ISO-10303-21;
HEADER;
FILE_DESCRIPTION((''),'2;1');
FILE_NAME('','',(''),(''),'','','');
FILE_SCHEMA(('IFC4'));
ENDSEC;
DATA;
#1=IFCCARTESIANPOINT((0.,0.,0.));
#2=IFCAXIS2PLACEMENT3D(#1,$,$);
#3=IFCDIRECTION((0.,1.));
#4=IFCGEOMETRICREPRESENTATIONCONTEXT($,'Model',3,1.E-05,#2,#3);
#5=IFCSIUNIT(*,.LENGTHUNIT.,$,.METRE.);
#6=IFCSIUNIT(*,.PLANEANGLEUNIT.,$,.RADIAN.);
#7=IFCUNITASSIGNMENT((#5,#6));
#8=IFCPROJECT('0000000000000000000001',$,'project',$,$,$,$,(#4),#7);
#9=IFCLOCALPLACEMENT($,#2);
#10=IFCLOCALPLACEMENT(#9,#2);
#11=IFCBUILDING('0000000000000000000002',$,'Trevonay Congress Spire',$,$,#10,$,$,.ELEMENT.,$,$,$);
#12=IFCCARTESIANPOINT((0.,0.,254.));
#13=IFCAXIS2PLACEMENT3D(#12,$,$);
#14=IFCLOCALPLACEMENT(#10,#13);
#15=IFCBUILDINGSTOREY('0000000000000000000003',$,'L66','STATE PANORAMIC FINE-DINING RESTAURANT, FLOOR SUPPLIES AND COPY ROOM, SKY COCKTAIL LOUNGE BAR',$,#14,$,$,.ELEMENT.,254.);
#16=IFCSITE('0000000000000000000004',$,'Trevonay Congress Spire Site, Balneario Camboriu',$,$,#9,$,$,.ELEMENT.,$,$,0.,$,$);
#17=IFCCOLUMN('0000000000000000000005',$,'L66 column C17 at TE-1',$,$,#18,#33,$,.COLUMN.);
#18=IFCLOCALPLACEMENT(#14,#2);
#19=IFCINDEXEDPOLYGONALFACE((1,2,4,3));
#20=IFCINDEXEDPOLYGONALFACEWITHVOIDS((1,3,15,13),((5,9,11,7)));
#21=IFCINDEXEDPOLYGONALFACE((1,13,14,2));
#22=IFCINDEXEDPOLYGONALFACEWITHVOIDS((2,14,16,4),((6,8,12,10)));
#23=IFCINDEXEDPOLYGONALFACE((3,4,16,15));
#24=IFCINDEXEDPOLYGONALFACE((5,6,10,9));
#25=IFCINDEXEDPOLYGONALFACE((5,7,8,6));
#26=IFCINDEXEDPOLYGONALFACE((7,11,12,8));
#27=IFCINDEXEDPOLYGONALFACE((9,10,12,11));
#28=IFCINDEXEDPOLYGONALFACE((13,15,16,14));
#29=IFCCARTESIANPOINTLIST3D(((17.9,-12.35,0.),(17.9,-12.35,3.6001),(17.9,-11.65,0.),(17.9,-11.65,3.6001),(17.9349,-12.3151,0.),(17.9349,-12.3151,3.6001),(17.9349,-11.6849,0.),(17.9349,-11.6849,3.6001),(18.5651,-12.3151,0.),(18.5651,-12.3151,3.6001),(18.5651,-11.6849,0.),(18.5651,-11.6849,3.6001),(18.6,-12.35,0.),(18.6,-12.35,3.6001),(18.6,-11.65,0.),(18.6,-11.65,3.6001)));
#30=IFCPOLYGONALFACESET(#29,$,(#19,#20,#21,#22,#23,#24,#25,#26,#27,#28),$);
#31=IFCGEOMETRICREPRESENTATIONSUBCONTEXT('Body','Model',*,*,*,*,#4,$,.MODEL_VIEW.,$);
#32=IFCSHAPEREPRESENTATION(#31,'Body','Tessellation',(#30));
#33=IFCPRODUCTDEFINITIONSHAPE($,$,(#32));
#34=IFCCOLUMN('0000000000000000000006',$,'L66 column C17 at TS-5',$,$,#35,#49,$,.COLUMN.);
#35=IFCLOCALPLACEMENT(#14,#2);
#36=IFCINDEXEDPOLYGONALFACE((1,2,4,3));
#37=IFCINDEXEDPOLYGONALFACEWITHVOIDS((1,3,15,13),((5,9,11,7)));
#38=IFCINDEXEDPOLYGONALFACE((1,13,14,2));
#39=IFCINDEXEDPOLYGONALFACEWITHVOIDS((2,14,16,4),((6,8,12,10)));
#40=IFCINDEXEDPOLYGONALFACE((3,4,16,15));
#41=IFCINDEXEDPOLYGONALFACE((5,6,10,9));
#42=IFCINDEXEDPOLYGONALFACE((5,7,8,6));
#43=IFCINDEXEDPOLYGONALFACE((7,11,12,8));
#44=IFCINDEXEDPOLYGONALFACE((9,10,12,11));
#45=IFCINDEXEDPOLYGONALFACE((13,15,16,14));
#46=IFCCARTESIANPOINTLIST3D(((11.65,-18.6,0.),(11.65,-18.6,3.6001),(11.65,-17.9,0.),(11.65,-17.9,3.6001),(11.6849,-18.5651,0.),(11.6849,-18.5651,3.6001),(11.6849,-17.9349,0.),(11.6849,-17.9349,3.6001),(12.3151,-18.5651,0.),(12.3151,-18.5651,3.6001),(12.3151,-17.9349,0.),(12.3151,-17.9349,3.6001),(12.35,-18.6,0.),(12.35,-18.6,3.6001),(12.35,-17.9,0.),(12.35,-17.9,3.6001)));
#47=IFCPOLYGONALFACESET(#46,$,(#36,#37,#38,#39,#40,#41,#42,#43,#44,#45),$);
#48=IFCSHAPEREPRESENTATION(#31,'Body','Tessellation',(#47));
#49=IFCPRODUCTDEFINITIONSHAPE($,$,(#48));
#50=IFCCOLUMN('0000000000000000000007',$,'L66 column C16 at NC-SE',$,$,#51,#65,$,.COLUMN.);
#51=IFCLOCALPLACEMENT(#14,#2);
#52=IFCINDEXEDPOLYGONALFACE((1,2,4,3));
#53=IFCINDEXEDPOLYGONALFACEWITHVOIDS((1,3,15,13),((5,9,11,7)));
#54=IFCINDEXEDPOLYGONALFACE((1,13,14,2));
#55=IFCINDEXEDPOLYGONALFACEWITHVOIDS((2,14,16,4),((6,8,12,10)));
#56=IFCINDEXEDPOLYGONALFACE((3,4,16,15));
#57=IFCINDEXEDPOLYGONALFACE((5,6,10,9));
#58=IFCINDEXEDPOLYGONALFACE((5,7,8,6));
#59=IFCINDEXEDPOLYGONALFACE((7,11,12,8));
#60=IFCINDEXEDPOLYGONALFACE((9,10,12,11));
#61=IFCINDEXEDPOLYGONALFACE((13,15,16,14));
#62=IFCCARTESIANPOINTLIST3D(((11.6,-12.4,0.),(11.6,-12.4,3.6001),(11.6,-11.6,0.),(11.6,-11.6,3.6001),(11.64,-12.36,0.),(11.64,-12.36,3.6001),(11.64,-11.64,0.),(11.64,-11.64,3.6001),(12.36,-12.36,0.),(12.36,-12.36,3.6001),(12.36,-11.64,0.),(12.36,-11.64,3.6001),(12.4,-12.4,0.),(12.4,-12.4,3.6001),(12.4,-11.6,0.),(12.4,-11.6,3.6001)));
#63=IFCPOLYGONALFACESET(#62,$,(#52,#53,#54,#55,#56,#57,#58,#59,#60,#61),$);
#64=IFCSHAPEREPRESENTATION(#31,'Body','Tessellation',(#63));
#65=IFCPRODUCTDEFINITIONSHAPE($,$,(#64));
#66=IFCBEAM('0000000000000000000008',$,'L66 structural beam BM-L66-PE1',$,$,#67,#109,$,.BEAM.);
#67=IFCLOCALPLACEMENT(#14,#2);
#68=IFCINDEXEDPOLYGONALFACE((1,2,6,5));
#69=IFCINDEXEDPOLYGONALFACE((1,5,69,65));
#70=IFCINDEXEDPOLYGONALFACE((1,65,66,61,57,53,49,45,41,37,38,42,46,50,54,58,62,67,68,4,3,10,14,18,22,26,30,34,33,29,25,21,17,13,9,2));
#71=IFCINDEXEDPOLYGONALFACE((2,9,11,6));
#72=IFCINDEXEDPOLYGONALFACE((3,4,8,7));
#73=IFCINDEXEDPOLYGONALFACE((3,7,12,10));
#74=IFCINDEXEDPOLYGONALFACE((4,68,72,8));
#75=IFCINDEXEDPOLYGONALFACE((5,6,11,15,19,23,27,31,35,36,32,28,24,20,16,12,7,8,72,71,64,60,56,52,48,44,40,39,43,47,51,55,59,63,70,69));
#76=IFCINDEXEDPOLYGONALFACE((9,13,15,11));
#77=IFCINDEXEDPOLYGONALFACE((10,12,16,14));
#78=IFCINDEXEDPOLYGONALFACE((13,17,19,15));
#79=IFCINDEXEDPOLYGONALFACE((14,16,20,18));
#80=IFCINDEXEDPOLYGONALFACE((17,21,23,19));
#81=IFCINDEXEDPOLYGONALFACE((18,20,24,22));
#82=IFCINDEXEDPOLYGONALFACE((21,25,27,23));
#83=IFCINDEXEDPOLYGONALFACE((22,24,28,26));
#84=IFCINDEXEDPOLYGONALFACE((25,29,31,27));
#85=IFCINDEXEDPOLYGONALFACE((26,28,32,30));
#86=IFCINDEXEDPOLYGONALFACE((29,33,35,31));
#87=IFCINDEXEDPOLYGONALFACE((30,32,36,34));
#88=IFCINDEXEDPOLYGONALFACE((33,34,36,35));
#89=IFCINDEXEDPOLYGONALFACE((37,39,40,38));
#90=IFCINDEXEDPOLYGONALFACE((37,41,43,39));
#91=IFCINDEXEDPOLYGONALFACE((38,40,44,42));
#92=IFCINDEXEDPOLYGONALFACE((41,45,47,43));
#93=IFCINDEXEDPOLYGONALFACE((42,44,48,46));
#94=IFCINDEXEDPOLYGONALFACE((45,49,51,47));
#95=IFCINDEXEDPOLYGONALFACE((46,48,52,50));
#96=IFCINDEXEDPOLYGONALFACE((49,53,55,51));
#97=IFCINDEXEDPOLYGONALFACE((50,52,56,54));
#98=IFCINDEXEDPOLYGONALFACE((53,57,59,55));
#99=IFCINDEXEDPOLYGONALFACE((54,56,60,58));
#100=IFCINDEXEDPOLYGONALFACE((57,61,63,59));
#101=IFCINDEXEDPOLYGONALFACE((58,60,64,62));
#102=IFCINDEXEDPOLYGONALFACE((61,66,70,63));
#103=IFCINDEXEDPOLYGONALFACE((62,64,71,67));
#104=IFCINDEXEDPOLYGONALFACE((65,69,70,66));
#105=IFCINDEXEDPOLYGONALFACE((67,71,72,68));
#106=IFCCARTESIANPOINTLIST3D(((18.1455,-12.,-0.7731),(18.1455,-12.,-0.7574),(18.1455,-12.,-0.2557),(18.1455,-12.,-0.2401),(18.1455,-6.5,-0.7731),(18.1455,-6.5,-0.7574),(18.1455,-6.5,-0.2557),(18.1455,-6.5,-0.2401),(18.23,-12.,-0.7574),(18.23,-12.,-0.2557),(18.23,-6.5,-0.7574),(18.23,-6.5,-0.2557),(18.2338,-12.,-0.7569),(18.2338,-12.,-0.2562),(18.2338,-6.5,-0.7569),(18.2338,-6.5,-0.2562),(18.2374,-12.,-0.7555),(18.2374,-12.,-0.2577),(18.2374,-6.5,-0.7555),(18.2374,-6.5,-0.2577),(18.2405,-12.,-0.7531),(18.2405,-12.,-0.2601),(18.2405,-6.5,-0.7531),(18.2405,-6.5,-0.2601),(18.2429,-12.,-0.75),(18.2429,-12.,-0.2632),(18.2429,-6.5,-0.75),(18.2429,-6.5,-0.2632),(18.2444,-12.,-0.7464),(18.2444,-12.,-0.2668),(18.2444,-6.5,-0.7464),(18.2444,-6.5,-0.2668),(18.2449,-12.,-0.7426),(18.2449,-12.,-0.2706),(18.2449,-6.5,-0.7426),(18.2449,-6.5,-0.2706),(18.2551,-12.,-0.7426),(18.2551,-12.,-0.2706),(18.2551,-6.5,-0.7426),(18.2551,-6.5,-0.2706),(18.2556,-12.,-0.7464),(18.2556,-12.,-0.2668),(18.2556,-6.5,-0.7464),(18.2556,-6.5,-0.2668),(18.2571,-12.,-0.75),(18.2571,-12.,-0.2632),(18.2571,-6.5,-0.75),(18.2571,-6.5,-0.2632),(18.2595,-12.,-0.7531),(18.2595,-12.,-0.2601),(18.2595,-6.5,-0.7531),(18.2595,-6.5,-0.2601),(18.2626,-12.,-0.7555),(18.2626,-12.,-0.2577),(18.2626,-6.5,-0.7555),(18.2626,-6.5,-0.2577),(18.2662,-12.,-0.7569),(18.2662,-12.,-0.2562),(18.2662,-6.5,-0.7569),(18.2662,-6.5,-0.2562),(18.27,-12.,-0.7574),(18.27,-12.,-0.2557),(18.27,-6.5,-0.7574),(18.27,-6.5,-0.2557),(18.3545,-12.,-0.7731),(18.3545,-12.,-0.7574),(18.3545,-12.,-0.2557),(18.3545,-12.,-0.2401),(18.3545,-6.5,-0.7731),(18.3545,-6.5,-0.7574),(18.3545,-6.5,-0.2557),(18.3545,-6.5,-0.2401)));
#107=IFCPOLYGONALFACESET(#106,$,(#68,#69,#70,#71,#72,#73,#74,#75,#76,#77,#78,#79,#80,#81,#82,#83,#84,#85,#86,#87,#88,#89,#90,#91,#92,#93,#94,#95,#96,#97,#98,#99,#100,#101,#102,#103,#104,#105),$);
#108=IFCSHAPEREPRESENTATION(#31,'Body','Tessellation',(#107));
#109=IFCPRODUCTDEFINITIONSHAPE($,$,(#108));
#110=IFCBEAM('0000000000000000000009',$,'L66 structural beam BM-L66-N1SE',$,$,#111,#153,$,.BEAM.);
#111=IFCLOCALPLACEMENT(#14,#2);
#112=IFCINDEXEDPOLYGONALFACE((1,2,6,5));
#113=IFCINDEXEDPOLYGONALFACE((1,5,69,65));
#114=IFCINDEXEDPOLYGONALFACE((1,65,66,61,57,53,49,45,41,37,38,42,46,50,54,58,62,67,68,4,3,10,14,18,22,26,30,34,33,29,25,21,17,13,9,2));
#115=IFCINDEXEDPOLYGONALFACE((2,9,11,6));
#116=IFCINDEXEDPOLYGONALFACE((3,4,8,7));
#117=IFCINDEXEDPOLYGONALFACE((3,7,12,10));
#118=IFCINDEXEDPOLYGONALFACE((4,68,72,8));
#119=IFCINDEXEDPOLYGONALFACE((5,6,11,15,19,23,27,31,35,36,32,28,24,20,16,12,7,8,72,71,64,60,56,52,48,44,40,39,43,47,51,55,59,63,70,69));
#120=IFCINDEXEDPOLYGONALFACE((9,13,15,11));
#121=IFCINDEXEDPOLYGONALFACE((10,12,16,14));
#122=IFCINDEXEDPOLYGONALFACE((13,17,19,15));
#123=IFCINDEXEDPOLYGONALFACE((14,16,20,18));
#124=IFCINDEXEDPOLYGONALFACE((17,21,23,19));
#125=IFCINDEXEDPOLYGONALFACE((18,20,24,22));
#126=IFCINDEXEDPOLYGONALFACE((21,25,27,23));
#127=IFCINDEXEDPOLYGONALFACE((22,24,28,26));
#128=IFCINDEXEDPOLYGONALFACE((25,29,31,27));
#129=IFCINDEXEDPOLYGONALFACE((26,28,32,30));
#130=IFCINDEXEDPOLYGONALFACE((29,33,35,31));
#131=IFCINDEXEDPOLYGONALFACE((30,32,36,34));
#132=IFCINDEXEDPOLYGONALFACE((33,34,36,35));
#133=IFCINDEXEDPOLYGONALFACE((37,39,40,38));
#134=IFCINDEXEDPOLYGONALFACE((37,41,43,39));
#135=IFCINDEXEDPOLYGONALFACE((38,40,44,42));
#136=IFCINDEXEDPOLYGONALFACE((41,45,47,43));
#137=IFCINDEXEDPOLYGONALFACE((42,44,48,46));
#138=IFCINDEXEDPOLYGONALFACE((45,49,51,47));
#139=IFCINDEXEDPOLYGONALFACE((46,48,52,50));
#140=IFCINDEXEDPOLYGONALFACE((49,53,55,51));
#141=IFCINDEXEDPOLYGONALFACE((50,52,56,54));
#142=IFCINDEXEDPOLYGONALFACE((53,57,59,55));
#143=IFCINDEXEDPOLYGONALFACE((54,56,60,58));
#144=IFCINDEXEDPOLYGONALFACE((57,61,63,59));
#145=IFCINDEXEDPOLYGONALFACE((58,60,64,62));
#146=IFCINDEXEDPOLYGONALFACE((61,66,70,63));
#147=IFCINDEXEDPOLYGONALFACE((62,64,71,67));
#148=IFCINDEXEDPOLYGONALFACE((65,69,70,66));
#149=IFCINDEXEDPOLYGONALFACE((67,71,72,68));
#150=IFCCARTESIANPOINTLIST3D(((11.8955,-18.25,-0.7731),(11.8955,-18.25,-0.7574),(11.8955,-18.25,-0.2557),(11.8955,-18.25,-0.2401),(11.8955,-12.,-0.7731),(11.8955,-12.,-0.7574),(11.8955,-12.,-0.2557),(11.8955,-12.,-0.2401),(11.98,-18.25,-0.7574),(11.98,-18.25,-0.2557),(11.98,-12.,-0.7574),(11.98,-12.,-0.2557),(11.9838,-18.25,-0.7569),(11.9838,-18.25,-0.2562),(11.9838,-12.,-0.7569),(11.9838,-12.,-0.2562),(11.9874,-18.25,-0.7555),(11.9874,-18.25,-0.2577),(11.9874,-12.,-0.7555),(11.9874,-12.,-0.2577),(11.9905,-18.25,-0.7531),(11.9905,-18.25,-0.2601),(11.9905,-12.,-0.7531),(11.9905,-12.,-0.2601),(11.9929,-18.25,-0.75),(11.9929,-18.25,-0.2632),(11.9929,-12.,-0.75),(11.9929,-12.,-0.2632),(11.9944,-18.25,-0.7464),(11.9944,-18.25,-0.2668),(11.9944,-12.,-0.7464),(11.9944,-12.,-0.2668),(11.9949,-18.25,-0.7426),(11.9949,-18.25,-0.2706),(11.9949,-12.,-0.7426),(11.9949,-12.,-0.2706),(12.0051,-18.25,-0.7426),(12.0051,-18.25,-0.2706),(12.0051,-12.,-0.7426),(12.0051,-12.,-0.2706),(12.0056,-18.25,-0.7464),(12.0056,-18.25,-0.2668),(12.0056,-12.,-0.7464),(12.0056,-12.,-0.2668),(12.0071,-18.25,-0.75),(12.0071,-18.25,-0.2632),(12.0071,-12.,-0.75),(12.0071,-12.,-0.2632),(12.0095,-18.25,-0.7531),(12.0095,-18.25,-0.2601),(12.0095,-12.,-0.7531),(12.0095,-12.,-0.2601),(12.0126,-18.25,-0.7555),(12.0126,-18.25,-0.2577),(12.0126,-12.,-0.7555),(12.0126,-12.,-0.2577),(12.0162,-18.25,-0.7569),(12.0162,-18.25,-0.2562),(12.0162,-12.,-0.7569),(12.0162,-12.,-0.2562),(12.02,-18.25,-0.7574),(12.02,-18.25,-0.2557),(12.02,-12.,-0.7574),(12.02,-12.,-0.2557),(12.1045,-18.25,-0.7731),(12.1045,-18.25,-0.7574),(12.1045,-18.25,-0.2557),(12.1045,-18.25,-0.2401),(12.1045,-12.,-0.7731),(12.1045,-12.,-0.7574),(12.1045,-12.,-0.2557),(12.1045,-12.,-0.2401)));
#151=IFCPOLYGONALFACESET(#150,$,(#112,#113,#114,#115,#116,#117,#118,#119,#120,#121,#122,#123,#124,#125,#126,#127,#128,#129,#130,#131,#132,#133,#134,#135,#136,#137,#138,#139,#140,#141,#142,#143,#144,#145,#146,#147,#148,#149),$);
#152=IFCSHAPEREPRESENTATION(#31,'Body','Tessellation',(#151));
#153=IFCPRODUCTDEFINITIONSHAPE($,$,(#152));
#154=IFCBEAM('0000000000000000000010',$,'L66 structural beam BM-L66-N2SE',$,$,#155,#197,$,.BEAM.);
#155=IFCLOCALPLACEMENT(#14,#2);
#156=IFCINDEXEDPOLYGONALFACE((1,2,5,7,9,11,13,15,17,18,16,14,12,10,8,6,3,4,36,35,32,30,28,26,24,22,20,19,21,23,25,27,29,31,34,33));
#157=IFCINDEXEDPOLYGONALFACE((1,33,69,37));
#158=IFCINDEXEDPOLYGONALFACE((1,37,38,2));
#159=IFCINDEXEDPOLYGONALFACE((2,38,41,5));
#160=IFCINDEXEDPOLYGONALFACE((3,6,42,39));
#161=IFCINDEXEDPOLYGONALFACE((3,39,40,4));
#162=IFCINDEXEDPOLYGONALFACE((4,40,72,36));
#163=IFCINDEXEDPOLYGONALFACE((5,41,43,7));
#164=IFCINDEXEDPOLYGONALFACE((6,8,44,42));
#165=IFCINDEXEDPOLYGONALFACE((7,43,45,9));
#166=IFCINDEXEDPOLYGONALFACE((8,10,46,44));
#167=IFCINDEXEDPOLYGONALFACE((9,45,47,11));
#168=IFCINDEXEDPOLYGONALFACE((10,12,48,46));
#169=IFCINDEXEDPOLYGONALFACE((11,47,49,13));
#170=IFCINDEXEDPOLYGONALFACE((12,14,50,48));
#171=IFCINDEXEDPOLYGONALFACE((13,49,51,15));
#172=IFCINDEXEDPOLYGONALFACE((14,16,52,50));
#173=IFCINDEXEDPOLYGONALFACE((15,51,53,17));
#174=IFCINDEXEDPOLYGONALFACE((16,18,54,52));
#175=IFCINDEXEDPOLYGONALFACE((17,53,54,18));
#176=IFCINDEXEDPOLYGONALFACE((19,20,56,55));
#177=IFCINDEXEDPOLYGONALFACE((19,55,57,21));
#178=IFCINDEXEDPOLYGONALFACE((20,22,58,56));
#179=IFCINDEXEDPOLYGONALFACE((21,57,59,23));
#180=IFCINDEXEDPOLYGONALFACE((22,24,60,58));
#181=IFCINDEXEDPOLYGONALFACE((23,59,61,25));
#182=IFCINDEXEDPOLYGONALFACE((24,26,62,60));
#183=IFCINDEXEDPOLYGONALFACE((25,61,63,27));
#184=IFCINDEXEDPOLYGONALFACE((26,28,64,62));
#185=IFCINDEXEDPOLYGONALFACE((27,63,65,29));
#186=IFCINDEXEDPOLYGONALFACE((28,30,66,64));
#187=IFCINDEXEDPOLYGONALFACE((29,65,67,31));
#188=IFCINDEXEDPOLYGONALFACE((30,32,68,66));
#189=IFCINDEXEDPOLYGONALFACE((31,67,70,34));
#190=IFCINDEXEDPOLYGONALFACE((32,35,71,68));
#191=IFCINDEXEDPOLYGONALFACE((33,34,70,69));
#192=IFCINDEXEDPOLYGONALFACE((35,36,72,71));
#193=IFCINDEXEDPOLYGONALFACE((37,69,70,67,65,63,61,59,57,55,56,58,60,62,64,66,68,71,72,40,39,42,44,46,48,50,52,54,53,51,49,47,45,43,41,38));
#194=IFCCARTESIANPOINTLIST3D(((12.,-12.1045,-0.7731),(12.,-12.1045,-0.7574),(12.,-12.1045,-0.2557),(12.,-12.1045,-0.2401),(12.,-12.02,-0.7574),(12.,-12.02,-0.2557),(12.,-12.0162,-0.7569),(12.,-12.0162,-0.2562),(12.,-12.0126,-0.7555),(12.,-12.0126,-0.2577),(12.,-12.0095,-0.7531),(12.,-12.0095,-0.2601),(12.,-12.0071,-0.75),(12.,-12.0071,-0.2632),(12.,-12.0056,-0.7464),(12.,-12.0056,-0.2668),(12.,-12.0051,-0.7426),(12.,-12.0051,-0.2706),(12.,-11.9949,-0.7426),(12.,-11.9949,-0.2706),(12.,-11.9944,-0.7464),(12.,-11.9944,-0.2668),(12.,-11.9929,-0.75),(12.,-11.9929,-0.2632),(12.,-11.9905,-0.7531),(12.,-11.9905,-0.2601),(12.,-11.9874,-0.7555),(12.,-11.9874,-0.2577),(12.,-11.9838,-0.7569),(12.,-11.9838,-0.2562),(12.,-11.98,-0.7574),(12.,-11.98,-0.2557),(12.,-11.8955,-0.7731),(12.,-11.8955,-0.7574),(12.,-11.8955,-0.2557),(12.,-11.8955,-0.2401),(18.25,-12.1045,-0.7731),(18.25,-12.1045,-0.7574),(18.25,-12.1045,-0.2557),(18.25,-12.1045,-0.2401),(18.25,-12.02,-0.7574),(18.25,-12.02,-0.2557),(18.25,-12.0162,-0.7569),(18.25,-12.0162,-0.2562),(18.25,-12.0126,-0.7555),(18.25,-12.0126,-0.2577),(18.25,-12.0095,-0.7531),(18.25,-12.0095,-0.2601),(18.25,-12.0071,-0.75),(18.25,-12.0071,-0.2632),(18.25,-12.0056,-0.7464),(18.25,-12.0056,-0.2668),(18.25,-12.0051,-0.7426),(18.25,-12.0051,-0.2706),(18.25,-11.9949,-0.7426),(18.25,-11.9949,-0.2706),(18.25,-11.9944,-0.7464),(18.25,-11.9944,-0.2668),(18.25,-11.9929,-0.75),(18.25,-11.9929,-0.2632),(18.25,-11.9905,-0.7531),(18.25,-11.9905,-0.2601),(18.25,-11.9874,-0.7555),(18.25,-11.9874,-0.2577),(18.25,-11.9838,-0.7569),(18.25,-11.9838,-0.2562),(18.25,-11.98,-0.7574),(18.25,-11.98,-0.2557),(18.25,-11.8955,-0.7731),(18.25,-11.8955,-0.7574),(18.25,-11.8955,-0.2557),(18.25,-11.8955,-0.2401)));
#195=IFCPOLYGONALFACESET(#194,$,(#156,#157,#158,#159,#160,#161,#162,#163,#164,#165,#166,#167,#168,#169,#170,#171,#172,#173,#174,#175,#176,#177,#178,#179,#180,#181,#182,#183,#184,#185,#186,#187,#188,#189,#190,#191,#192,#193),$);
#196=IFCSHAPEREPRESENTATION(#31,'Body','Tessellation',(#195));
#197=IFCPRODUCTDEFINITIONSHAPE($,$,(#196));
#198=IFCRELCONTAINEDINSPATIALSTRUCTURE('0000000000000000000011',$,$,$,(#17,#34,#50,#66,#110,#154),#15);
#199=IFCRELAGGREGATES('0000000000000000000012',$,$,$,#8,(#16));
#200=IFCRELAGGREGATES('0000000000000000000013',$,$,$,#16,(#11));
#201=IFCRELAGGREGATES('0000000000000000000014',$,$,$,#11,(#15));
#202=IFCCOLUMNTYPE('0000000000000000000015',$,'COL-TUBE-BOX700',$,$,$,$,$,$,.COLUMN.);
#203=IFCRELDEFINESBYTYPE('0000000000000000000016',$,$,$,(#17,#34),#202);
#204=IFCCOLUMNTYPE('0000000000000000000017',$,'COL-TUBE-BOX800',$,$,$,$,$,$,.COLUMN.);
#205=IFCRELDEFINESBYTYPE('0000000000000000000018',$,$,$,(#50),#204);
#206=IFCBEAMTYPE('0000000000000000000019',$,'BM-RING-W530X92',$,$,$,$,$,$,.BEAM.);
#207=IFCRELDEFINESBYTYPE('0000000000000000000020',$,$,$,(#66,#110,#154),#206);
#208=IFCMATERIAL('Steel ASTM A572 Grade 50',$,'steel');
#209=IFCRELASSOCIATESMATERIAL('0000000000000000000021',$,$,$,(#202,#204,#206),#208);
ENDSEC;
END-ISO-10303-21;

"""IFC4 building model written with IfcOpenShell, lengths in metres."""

from ifc_helpers import new_model, si_unit, direction, frame, origin, origin_2d, place, context, subcontext, project, spatial, hollow_rectangle, i_section, extrude, material, material_profile, profile_set, type_object, element, save


model = new_model("IFC4")

# Units and contexts
model_context = context("Model", 3, precision=1e-05, world=origin(), true_north=direction((0.0, 1.0)))
body_context = subcontext(model_context, "Body", "Model", "MODEL_VIEW")
ifc_project = project(units=[si_unit("LENGTHUNIT", "METRE"), si_unit("PLANEANGLEUNIT", "RADIAN")], contexts=[model_context])

# Site, building, storey
site_placement = place(None, origin())
site = spatial("IfcSite", under=ifc_project, at=site_placement, Name="Trevonay Congress Spire Site, Balneario Camboriu", CompositionType="ELEMENT", RefElevation=0.0)
building_placement = place(site_placement, origin())
building = spatial("IfcBuilding", under=site, at=building_placement, Name="Trevonay Congress Spire", CompositionType="ELEMENT")
storey_placement = place(building_placement, frame((0.0, 0.0, 254.0)))
storey = spatial("IfcBuildingStorey", under=building, at=storey_placement, Name="L66", Description="STATE PANORAMIC FINE-DINING RESTAURANT, FLOOR SUPPLIES AND COPY ROOM, SKY COCKTAIL LOUNGE BAR", CompositionType="ELEMENT", Elevation=254.0)

# Columns
ifc_material_1 = material(Name="Steel ASTM A572 Grade 50", Category="steel")
ifc_material_profile_1 = material_profile(ifc_material_1, hollow_rectangle(XDim=0.7, YDim=0.7, WallThickness=0.0349, at=origin_2d()), Name="BOX 700x700x35")
ifc_profile_set_1 = profile_set([ifc_material_profile_1], Name="Steel ASTM A572 Grade 50")
column_type_1 = type_object("IfcColumnType", Name="COL-TUBE-BOX700", PredefinedType="COLUMN", material=ifc_profile_set_1)
for number, where, z_axis, x_axis, name in (
    (1, (18.25, -12.0, 0.0), (0.0, 0.0, 1.0), (1.0, 0.0, 0.0), "L66 column C17 at TE-1"),
    (2, (12.0, -18.25, 0.0), (0.0, 0.0, 1.0), (1.0, 0.0, 0.0), "L66 column C17 at TS-5"),
):
    element("IfcColumn", number, at=place(storey_placement, frame(where, z_axis=z_axis, x_axis=x_axis)), inside=storey, type_object=column_type_1, Name=name, PredefinedType="COLUMN", context=body_context, shape_type="SweptSolid", body=[
        extrude(hollow_rectangle(XDim=0.7, YDim=0.7, WallThickness=0.0349, at=origin_2d()), origin(), (0.0, 0.0, 1.0), 3.6001),
    ])
ifc_material_profile_2 = material_profile(ifc_material_1, hollow_rectangle(XDim=0.8, YDim=0.8, WallThickness=0.04, at=origin_2d()), Name="BOX 800x800x40")
ifc_profile_set_2 = profile_set([ifc_material_profile_2], Name="Steel ASTM A572 Grade 50")
column_type_2 = type_object("IfcColumnType", Name="COL-TUBE-BOX800", PredefinedType="COLUMN", material=ifc_profile_set_2)
column_placement = place(storey_placement, frame((12.0, -12.0, 0.0), z_axis=(0.0, 0.0, 1.0), x_axis=(1.0, 0.0, 0.0)))
element("IfcColumn", 3, at=column_placement, inside=storey, type_object=column_type_2, Name="L66 column C16 at NC-SE", PredefinedType="COLUMN", context=body_context, shape_type="SweptSolid", body=[
    extrude(hollow_rectangle(XDim=0.8, YDim=0.8, WallThickness=0.04, at=origin_2d()), origin(), (0.0, 0.0, 1.0), 3.6001),
])

# Beams
ifc_material_profile_3 = material_profile(ifc_material_1, i_section(OverallWidth=0.209, OverallDepth=0.533, WebThickness=0.0103, FlangeThickness=0.0156, FilletRadius=0.0149, at=origin_2d()), Name="W530x92")
ifc_profile_set_3 = profile_set([ifc_material_profile_3], Name="Steel ASTM A572 Grade 50")
beam_type = type_object("IfcBeamType", Name="BM-RING-W530X92", PredefinedType="BEAM", material=ifc_profile_set_3)
beam_placement = place(storey_placement, frame((18.25, -12.0, -0.5066), z_axis=(0.0, 1.0, 0.0), x_axis=(-1.0, 0.0, 0.0)))
element("IfcBeam", 4, at=beam_placement, inside=storey, type_object=beam_type, Name="L66 structural beam BM-L66-PE1", PredefinedType="BEAM", context=body_context, shape_type="SweptSolid", body=[
    extrude(i_section(OverallWidth=0.209, OverallDepth=0.533, WebThickness=0.0103, FlangeThickness=0.0156, FilletRadius=0.0149, at=origin_2d()), origin(), (0.0, 0.0, 1.0), 5.5),
])
for number, where, z_axis, x_axis, name in (
    (5, (12.0, -18.25, -0.5066), (0.0, 1.0, 0.0), (-1.0, 0.0, 0.0), "L66 structural beam BM-L66-N1SE"),
    (6, (18.25, -12.0, -0.5066), (-1.0, 0.0, 0.0), (0.0, -1.0, 0.0), "L66 structural beam BM-L66-N2SE"),
):
    element("IfcBeam", number, at=place(storey_placement, frame(where, z_axis=z_axis, x_axis=x_axis)), inside=storey, type_object=beam_type, Name=name, PredefinedType="BEAM", context=body_context, shape_type="SweptSolid", body=[
        extrude(i_section(OverallWidth=0.209, OverallDepth=0.533, WebThickness=0.0103, FlangeThickness=0.0156, FilletRadius=0.0149, at=origin_2d()), origin(), (0.0, 0.0, 1.0), 6.25),
    ])

save(model, "model.ifc")
